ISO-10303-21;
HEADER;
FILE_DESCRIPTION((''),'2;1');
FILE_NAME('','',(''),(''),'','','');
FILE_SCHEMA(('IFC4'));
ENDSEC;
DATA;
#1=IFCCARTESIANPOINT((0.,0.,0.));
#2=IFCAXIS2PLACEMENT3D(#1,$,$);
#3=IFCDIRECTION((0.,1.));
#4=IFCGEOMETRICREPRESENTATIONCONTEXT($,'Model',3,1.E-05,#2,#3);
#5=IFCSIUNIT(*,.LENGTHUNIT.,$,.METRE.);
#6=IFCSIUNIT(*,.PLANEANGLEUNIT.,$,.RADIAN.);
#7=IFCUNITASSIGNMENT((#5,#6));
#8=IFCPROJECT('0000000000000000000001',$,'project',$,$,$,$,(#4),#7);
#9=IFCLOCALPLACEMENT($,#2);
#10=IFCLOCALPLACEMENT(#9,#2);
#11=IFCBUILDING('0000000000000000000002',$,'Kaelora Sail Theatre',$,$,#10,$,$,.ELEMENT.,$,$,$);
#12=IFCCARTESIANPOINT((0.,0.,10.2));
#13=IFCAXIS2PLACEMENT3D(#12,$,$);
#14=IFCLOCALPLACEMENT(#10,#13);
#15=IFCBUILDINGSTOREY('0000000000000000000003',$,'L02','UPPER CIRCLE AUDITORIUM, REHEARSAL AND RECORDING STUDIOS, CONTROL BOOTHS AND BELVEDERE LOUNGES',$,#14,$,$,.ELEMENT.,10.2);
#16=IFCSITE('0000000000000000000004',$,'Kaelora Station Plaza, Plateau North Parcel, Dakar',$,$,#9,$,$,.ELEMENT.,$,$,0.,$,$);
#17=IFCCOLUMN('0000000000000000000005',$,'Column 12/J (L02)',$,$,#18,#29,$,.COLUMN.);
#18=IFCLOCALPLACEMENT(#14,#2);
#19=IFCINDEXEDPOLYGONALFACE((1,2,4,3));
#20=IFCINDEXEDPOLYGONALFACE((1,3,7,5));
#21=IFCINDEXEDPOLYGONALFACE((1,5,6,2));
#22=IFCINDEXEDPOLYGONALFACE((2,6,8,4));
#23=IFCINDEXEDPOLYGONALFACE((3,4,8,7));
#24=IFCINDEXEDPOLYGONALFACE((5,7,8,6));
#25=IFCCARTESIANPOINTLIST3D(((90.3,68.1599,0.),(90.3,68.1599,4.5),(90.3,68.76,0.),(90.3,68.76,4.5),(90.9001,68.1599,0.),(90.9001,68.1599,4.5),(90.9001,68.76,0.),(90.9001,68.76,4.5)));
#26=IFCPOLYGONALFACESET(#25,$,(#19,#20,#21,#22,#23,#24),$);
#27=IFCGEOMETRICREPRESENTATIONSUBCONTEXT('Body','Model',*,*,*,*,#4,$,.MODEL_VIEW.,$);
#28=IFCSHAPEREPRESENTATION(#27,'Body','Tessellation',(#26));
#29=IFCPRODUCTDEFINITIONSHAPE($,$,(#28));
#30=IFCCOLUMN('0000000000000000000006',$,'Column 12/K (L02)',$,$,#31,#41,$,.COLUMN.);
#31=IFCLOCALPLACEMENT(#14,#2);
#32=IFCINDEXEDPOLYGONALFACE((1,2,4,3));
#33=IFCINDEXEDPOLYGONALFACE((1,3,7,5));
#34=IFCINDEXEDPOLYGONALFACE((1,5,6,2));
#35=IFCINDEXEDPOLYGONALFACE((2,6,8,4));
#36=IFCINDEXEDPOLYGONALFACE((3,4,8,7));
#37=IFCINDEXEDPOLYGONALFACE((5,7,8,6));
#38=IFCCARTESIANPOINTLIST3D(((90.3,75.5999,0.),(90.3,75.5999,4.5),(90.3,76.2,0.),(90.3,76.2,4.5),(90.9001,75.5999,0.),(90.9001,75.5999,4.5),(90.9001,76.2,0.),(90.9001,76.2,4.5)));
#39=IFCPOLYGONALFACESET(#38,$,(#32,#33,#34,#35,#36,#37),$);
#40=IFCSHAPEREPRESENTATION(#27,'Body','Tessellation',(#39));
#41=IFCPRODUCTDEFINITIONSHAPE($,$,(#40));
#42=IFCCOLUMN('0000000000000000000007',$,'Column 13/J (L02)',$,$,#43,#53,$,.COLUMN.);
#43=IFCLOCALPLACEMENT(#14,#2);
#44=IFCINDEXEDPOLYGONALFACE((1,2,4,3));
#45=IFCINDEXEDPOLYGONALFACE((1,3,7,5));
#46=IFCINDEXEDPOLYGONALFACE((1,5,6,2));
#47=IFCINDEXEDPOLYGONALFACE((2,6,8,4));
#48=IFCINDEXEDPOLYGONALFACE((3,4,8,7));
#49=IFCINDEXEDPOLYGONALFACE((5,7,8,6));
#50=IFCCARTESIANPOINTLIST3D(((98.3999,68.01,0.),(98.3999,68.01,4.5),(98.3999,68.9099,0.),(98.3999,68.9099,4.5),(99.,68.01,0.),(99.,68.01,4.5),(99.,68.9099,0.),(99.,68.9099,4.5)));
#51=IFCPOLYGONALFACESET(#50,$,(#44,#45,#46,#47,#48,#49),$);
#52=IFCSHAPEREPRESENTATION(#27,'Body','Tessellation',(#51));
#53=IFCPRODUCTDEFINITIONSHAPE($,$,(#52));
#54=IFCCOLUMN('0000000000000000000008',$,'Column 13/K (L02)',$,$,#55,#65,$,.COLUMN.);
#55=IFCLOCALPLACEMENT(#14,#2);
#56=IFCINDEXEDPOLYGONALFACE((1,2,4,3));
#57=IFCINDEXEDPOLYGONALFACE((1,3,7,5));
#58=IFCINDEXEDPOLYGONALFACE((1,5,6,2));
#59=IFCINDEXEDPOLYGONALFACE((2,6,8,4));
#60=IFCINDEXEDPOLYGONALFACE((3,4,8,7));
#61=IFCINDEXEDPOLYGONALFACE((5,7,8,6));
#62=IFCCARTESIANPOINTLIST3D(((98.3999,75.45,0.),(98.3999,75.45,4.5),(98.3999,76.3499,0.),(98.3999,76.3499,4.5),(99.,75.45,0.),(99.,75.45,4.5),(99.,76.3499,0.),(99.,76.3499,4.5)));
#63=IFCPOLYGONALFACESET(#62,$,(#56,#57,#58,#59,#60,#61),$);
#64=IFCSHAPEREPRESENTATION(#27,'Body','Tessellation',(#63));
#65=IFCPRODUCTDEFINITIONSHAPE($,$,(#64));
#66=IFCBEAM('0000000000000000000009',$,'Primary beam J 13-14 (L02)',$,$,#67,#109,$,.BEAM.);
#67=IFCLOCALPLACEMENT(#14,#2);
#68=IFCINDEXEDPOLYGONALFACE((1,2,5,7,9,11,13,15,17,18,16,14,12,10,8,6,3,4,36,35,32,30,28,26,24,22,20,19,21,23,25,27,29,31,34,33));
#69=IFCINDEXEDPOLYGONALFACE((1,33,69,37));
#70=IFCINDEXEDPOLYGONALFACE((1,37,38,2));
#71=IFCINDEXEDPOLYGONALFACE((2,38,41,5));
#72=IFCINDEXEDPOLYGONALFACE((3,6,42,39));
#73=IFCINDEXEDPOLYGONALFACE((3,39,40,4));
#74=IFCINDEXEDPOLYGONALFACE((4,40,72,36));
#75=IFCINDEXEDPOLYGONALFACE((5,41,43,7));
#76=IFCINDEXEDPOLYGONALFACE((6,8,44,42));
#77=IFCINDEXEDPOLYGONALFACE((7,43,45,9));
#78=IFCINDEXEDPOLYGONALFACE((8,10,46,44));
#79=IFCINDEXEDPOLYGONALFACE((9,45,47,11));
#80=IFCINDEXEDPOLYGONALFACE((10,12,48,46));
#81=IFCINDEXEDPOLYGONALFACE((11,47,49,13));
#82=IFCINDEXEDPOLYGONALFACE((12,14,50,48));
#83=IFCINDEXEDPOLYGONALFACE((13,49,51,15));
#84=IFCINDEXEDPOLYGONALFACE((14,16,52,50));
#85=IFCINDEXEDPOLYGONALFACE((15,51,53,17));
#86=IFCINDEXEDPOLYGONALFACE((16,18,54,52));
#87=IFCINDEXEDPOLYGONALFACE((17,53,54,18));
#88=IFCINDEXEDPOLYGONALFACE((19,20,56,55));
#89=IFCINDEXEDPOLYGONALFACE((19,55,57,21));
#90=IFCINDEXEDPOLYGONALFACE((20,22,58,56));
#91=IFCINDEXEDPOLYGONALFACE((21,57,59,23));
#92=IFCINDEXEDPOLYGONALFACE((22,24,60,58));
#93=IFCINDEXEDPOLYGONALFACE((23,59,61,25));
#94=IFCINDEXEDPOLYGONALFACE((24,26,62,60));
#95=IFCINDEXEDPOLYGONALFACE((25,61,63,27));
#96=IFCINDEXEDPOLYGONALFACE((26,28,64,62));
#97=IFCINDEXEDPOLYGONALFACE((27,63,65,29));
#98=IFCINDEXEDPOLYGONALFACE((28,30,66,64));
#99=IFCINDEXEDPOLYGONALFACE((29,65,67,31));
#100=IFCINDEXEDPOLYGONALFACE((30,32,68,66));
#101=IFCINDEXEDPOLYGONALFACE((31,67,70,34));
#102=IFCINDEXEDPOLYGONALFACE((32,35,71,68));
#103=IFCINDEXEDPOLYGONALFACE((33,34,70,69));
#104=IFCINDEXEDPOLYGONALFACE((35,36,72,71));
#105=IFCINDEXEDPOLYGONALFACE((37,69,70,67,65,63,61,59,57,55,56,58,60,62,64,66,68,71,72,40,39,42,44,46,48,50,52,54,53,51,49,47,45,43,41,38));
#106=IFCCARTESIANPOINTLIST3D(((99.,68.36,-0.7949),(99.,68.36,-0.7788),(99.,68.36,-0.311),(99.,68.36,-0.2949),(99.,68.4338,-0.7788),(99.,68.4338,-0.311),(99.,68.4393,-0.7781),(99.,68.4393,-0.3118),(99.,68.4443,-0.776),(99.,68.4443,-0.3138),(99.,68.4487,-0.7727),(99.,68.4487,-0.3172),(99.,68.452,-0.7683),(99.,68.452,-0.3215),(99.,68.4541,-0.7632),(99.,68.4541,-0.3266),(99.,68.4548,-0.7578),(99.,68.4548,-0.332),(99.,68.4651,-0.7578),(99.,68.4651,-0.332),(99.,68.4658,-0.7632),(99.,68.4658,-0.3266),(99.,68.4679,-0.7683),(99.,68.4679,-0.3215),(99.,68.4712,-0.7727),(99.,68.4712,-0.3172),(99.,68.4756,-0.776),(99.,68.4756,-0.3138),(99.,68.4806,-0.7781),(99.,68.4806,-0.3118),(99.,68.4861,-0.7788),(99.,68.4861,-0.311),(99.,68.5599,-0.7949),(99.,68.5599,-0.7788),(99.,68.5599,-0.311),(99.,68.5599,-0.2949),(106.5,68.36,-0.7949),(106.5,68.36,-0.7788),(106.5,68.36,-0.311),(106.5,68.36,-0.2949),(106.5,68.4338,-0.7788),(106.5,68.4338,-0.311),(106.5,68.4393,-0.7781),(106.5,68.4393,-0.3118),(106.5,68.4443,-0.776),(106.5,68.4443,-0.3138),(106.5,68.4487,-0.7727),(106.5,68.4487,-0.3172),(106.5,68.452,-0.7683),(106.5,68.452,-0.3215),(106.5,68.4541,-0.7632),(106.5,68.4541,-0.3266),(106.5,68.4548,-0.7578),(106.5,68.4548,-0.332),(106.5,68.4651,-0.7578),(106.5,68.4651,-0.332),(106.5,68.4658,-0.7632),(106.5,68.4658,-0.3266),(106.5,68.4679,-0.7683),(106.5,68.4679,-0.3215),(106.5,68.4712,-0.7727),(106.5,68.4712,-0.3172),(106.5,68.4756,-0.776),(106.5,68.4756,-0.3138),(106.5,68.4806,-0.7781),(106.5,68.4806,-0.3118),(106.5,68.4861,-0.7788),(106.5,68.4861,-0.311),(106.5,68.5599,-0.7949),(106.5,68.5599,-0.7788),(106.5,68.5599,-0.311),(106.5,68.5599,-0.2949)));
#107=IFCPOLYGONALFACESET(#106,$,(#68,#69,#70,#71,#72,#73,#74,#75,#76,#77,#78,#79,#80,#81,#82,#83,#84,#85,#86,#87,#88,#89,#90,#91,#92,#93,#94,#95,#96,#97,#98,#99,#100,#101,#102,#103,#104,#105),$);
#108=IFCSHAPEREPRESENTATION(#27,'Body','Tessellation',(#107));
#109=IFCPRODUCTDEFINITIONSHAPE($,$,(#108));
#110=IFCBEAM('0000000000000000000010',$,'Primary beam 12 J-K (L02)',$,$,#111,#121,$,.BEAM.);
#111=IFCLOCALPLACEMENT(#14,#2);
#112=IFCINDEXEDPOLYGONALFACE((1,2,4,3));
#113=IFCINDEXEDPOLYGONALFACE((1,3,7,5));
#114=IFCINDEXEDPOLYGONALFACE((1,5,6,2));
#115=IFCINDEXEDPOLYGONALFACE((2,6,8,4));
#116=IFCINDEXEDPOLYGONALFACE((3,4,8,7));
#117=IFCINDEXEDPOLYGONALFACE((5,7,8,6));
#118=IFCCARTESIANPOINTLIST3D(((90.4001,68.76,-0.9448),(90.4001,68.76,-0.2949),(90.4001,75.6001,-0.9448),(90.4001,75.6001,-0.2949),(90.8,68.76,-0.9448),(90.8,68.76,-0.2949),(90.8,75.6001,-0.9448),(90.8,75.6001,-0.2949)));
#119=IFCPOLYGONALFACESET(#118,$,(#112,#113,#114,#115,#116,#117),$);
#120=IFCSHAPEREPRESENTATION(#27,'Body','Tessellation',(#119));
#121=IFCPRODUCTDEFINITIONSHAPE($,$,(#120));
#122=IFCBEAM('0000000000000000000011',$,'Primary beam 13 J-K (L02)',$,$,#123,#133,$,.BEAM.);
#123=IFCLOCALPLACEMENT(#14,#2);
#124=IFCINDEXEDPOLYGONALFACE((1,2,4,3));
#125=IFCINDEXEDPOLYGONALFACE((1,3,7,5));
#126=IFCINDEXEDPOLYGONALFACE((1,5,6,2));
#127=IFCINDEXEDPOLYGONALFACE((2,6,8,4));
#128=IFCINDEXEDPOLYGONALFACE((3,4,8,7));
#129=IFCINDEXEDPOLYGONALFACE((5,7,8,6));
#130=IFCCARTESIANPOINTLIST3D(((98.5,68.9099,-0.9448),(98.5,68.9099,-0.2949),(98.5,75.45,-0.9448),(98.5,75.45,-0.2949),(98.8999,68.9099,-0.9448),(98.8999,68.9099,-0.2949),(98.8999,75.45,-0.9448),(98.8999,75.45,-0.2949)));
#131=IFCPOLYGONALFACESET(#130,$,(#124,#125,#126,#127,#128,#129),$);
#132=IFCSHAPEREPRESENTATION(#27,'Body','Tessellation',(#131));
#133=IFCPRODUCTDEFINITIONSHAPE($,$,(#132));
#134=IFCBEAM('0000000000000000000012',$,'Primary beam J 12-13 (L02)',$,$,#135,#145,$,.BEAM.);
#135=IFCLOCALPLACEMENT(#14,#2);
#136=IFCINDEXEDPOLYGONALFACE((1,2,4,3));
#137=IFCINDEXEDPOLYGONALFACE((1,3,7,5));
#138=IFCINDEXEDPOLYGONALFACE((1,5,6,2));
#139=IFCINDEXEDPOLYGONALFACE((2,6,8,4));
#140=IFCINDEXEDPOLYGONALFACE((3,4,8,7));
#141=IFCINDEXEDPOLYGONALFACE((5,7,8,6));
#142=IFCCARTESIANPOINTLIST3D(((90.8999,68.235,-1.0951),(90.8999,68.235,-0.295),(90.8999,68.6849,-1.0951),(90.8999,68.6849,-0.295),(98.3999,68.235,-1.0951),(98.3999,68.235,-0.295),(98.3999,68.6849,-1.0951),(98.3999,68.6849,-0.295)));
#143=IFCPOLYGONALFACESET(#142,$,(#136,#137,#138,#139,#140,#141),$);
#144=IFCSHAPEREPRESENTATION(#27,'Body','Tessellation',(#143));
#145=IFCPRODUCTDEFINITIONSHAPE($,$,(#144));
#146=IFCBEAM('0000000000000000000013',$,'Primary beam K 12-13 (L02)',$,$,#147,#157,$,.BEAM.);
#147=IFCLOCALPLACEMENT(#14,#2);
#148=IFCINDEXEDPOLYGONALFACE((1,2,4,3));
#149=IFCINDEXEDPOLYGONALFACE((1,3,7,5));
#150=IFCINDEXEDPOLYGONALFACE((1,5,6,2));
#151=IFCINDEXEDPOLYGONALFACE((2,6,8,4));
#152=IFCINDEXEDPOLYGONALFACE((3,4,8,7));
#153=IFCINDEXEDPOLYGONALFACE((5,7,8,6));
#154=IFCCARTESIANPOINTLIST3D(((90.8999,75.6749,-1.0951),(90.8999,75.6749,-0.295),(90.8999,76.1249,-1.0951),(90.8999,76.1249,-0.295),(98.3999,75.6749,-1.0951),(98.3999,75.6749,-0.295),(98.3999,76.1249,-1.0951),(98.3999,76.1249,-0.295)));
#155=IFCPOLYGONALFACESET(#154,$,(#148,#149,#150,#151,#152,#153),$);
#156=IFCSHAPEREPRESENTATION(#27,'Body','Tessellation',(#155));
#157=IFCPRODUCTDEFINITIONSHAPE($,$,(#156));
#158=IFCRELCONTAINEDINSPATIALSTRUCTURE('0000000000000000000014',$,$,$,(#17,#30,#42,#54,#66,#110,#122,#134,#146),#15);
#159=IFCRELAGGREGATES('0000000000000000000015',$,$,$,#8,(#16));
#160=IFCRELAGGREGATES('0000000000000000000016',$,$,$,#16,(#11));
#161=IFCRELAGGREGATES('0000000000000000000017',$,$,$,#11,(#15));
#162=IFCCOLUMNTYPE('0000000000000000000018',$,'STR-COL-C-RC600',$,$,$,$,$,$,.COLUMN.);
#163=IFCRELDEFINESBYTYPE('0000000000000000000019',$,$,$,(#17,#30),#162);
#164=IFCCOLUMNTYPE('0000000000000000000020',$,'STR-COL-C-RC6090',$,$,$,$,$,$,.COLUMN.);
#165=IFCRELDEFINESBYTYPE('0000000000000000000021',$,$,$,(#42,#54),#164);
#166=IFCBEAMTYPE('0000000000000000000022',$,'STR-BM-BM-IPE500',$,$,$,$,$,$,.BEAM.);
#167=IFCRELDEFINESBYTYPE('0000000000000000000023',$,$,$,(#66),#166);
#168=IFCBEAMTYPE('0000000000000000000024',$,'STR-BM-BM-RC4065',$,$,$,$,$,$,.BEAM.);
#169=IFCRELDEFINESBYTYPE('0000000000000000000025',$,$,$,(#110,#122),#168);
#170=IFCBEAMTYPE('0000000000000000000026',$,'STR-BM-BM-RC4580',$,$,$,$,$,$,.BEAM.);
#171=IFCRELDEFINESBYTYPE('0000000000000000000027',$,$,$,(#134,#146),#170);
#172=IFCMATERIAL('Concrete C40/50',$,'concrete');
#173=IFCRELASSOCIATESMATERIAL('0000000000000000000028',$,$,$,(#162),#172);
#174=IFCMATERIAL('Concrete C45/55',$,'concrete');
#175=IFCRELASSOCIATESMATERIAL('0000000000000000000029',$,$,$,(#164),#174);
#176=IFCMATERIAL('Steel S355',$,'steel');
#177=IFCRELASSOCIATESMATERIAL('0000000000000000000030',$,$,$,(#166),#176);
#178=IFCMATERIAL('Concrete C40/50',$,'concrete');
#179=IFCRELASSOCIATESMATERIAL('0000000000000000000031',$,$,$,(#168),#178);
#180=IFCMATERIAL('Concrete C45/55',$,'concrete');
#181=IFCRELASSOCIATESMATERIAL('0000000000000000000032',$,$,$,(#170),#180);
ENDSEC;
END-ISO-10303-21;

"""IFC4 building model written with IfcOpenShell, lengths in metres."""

from ifc_helpers import new_model, si_unit, direction, frame, origin, origin_2d, place, context, subcontext, project, spatial, rectangle, i_section, extrude, material, material_profile, profile_set, type_object, element, save


model = new_model("IFC4")

# Units and contexts
model_context = context("Model", 3, precision=1e-05, world=origin(), true_north=direction((0.0, 1.0)))
body_context = subcontext(model_context, "Body", "Model", "MODEL_VIEW")
ifc_project = project(units=[si_unit("LENGTHUNIT", "METRE"), si_unit("PLANEANGLEUNIT", "RADIAN")], contexts=[model_context])

# Site, building, storey
site_placement = place(None, origin())
site = spatial("IfcSite", under=ifc_project, at=site_placement, Name="Kaelora Station Plaza, Plateau North Parcel, Dakar", CompositionType="ELEMENT", RefElevation=0.0)
building_placement = place(site_placement, origin())
building = spatial("IfcBuilding", under=site, at=building_placement, Name="Kaelora Sail Theatre", CompositionType="ELEMENT")
storey_placement = place(building_placement, frame((0.0, 0.0, 10.2)))
storey = spatial("IfcBuildingStorey", under=building, at=storey_placement, Name="L02", Description="UPPER CIRCLE AUDITORIUM, REHEARSAL AND RECORDING STUDIOS, CONTROL BOOTHS AND BELVEDERE LOUNGES", CompositionType="ELEMENT", Elevation=10.2)

# Columns
ifc_material_1 = material(Name="Concrete C40/50", Category="concrete")
ifc_material_profile_1 = material_profile(ifc_material_1, rectangle(XDim=0.6001, YDim=0.6001, at=origin_2d()), Name="RC-COL 600x600")
ifc_profile_set_1 = profile_set([ifc_material_profile_1], Name="Concrete C40/50")
column_type_1 = type_object("IfcColumnType", Name="STR-COL-C-RC600", PredefinedType="COLUMN", material=ifc_profile_set_1)
for number, where, z_axis, x_axis, name in (
    (1, (90.6001, 68.46, 0.0), (0.0, 0.0, 1.0), (1.0, 0.0, 0.0), "Column 12/J (L02)"),
    (2, (90.6001, 75.8999, 0.0), (0.0, 0.0, 1.0), (1.0, 0.0, 0.0), "Column 12/K (L02)"),
):
    element("IfcColumn", number, at=place(storey_placement, frame(where, z_axis=z_axis, x_axis=x_axis)), inside=storey, type_object=column_type_1, Name=name, PredefinedType="COLUMN", context=body_context, shape_type="SweptSolid", body=[
        extrude(rectangle(XDim=0.6001, YDim=0.6001, at=origin_2d()), origin(), (0.0, 0.0, 1.0), 4.5),
    ])
ifc_material_2 = material(Name="Concrete C45/55", Category="concrete")
ifc_material_profile_2 = material_profile(ifc_material_2, rectangle(XDim=0.6001, YDim=0.8999, at=origin_2d()), Name="RC-COL 600x900")
ifc_profile_set_2 = profile_set([ifc_material_profile_2], Name="Concrete C45/55")
column_type_2 = type_object("IfcColumnType", Name="STR-COL-C-RC6090", PredefinedType="COLUMN", material=ifc_profile_set_2)
for number, where, z_axis, x_axis, name in (
    (3, (98.7, 68.46, 0.0), (0.0, 0.0, 1.0), (1.0, 0.0, 0.0), "Column 13/J (L02)"),
    (4, (98.7, 75.8999, 0.0), (0.0, 0.0, 1.0), (1.0, 0.0, 0.0), "Column 13/K (L02)"),
):
    element("IfcColumn", number, at=place(storey_placement, frame(where, z_axis=z_axis, x_axis=x_axis)), inside=storey, type_object=column_type_2, Name=name, PredefinedType="COLUMN", context=body_context, shape_type="SweptSolid", body=[
        extrude(rectangle(XDim=0.6001, YDim=0.8999, at=origin_2d()), origin(), (0.0, 0.0, 1.0), 4.5),
    ])

# Beams
ifc_material_3 = material(Name="Steel S355", Category="steel")
ifc_material_profile_3 = material_profile(ifc_material_3, i_section(OverallWidth=0.2, OverallDepth=0.5, WebThickness=0.0103, FlangeThickness=0.0161, FilletRadius=0.021, at=origin_2d()), Name="IPE 500")
ifc_profile_set_3 = profile_set([ifc_material_profile_3], Name="Steel S355")
beam_type_1 = type_object("IfcBeamType", Name="STR-BM-BM-IPE500", PredefinedType="BEAM", material=ifc_profile_set_3)
beam_1_placement = place(storey_placement, frame((99.0, 68.46, -0.5449), z_axis=(1.0, 0.0, 0.0), x_axis=(0.0, 1.0, 0.0)))
element("IfcBeam", 5, at=beam_1_placement, inside=storey, type_object=beam_type_1, Name="Primary beam J 13-14 (L02)", PredefinedType="BEAM", context=body_context, shape_type="SweptSolid", body=[
    extrude(i_section(OverallWidth=0.2, OverallDepth=0.5, WebThickness=0.0103, FlangeThickness=0.0161, FilletRadius=0.021, at=origin_2d()), origin(), (0.0, 0.0, 1.0), 7.5),
])
ifc_material_4 = material(Name="Concrete C40/50", Category="concrete")
ifc_material_profile_4 = material_profile(ifc_material_4, rectangle(XDim=0.3999, YDim=0.6499, at=origin_2d()), Name="RC-BM 400x650")
ifc_profile_set_4 = profile_set([ifc_material_profile_4], Name="Concrete C40/50")
beam_type_2 = type_object("IfcBeamType", Name="STR-BM-BM-RC4065", PredefinedType="BEAM", material=ifc_profile_set_4)
beam_2_placement = place(storey_placement, frame((90.6001, 68.76, -0.6199), z_axis=(0.0, 1.0, 0.0), x_axis=(-1.0, 0.0, 0.0)))
element("IfcBeam", 6, at=beam_2_placement, inside=storey, type_object=beam_type_2, Name="Primary beam 12 J-K (L02)", PredefinedType="BEAM", context=body_context, shape_type="SweptSolid", body=[
    extrude(rectangle(XDim=0.3999, YDim=0.6499, at=origin_2d()), origin(), (0.0, 0.0, 1.0), 6.8401),
])
beam_3_placement = place(storey_placement, frame((98.7, 68.9099, -0.6199), z_axis=(0.0, 1.0, 0.0), x_axis=(-1.0, 0.0, 0.0)))
element("IfcBeam", 7, at=beam_3_placement, inside=storey, type_object=beam_type_2, Name="Primary beam 13 J-K (L02)", PredefinedType="BEAM", context=body_context, shape_type="SweptSolid", body=[
    extrude(rectangle(XDim=0.3999, YDim=0.6499, at=origin_2d()), origin(), (0.0, 0.0, 1.0), 6.54),
])
ifc_material_5 = material(Name="Concrete C45/55", Category="concrete")
ifc_material_profile_5 = material_profile(ifc_material_5, rectangle(XDim=0.45, YDim=0.8, at=origin_2d()), Name="RC-BM 450x800")
ifc_profile_set_5 = profile_set([ifc_material_profile_5], Name="Concrete C45/55")
beam_type_3 = type_object("IfcBeamType", Name="STR-BM-BM-RC4580", PredefinedType="BEAM", material=ifc_profile_set_5)
for number, where, z_axis, x_axis, name in (
    (8, (90.8999, 68.46, -0.6951), (1.0, 0.0, 0.0), (0.0, 1.0, 0.0), "Primary beam J 12-13 (L02)"),
    (9, (90.8999, 75.8999, -0.6951), (1.0, 0.0, 0.0), (0.0, 1.0, 0.0), "Primary beam K 12-13 (L02)"),
):
    element("IfcBeam", number, at=place(storey_placement, frame(where, z_axis=z_axis, x_axis=x_axis)), inside=storey, type_object=beam_type_3, Name=name, PredefinedType="BEAM", context=body_context, shape_type="SweptSolid", body=[
        extrude(rectangle(XDim=0.45, YDim=0.8, at=origin_2d()), origin(), (0.0, 0.0, 1.0), 7.5),
    ])

save(model, "model.ifc")
